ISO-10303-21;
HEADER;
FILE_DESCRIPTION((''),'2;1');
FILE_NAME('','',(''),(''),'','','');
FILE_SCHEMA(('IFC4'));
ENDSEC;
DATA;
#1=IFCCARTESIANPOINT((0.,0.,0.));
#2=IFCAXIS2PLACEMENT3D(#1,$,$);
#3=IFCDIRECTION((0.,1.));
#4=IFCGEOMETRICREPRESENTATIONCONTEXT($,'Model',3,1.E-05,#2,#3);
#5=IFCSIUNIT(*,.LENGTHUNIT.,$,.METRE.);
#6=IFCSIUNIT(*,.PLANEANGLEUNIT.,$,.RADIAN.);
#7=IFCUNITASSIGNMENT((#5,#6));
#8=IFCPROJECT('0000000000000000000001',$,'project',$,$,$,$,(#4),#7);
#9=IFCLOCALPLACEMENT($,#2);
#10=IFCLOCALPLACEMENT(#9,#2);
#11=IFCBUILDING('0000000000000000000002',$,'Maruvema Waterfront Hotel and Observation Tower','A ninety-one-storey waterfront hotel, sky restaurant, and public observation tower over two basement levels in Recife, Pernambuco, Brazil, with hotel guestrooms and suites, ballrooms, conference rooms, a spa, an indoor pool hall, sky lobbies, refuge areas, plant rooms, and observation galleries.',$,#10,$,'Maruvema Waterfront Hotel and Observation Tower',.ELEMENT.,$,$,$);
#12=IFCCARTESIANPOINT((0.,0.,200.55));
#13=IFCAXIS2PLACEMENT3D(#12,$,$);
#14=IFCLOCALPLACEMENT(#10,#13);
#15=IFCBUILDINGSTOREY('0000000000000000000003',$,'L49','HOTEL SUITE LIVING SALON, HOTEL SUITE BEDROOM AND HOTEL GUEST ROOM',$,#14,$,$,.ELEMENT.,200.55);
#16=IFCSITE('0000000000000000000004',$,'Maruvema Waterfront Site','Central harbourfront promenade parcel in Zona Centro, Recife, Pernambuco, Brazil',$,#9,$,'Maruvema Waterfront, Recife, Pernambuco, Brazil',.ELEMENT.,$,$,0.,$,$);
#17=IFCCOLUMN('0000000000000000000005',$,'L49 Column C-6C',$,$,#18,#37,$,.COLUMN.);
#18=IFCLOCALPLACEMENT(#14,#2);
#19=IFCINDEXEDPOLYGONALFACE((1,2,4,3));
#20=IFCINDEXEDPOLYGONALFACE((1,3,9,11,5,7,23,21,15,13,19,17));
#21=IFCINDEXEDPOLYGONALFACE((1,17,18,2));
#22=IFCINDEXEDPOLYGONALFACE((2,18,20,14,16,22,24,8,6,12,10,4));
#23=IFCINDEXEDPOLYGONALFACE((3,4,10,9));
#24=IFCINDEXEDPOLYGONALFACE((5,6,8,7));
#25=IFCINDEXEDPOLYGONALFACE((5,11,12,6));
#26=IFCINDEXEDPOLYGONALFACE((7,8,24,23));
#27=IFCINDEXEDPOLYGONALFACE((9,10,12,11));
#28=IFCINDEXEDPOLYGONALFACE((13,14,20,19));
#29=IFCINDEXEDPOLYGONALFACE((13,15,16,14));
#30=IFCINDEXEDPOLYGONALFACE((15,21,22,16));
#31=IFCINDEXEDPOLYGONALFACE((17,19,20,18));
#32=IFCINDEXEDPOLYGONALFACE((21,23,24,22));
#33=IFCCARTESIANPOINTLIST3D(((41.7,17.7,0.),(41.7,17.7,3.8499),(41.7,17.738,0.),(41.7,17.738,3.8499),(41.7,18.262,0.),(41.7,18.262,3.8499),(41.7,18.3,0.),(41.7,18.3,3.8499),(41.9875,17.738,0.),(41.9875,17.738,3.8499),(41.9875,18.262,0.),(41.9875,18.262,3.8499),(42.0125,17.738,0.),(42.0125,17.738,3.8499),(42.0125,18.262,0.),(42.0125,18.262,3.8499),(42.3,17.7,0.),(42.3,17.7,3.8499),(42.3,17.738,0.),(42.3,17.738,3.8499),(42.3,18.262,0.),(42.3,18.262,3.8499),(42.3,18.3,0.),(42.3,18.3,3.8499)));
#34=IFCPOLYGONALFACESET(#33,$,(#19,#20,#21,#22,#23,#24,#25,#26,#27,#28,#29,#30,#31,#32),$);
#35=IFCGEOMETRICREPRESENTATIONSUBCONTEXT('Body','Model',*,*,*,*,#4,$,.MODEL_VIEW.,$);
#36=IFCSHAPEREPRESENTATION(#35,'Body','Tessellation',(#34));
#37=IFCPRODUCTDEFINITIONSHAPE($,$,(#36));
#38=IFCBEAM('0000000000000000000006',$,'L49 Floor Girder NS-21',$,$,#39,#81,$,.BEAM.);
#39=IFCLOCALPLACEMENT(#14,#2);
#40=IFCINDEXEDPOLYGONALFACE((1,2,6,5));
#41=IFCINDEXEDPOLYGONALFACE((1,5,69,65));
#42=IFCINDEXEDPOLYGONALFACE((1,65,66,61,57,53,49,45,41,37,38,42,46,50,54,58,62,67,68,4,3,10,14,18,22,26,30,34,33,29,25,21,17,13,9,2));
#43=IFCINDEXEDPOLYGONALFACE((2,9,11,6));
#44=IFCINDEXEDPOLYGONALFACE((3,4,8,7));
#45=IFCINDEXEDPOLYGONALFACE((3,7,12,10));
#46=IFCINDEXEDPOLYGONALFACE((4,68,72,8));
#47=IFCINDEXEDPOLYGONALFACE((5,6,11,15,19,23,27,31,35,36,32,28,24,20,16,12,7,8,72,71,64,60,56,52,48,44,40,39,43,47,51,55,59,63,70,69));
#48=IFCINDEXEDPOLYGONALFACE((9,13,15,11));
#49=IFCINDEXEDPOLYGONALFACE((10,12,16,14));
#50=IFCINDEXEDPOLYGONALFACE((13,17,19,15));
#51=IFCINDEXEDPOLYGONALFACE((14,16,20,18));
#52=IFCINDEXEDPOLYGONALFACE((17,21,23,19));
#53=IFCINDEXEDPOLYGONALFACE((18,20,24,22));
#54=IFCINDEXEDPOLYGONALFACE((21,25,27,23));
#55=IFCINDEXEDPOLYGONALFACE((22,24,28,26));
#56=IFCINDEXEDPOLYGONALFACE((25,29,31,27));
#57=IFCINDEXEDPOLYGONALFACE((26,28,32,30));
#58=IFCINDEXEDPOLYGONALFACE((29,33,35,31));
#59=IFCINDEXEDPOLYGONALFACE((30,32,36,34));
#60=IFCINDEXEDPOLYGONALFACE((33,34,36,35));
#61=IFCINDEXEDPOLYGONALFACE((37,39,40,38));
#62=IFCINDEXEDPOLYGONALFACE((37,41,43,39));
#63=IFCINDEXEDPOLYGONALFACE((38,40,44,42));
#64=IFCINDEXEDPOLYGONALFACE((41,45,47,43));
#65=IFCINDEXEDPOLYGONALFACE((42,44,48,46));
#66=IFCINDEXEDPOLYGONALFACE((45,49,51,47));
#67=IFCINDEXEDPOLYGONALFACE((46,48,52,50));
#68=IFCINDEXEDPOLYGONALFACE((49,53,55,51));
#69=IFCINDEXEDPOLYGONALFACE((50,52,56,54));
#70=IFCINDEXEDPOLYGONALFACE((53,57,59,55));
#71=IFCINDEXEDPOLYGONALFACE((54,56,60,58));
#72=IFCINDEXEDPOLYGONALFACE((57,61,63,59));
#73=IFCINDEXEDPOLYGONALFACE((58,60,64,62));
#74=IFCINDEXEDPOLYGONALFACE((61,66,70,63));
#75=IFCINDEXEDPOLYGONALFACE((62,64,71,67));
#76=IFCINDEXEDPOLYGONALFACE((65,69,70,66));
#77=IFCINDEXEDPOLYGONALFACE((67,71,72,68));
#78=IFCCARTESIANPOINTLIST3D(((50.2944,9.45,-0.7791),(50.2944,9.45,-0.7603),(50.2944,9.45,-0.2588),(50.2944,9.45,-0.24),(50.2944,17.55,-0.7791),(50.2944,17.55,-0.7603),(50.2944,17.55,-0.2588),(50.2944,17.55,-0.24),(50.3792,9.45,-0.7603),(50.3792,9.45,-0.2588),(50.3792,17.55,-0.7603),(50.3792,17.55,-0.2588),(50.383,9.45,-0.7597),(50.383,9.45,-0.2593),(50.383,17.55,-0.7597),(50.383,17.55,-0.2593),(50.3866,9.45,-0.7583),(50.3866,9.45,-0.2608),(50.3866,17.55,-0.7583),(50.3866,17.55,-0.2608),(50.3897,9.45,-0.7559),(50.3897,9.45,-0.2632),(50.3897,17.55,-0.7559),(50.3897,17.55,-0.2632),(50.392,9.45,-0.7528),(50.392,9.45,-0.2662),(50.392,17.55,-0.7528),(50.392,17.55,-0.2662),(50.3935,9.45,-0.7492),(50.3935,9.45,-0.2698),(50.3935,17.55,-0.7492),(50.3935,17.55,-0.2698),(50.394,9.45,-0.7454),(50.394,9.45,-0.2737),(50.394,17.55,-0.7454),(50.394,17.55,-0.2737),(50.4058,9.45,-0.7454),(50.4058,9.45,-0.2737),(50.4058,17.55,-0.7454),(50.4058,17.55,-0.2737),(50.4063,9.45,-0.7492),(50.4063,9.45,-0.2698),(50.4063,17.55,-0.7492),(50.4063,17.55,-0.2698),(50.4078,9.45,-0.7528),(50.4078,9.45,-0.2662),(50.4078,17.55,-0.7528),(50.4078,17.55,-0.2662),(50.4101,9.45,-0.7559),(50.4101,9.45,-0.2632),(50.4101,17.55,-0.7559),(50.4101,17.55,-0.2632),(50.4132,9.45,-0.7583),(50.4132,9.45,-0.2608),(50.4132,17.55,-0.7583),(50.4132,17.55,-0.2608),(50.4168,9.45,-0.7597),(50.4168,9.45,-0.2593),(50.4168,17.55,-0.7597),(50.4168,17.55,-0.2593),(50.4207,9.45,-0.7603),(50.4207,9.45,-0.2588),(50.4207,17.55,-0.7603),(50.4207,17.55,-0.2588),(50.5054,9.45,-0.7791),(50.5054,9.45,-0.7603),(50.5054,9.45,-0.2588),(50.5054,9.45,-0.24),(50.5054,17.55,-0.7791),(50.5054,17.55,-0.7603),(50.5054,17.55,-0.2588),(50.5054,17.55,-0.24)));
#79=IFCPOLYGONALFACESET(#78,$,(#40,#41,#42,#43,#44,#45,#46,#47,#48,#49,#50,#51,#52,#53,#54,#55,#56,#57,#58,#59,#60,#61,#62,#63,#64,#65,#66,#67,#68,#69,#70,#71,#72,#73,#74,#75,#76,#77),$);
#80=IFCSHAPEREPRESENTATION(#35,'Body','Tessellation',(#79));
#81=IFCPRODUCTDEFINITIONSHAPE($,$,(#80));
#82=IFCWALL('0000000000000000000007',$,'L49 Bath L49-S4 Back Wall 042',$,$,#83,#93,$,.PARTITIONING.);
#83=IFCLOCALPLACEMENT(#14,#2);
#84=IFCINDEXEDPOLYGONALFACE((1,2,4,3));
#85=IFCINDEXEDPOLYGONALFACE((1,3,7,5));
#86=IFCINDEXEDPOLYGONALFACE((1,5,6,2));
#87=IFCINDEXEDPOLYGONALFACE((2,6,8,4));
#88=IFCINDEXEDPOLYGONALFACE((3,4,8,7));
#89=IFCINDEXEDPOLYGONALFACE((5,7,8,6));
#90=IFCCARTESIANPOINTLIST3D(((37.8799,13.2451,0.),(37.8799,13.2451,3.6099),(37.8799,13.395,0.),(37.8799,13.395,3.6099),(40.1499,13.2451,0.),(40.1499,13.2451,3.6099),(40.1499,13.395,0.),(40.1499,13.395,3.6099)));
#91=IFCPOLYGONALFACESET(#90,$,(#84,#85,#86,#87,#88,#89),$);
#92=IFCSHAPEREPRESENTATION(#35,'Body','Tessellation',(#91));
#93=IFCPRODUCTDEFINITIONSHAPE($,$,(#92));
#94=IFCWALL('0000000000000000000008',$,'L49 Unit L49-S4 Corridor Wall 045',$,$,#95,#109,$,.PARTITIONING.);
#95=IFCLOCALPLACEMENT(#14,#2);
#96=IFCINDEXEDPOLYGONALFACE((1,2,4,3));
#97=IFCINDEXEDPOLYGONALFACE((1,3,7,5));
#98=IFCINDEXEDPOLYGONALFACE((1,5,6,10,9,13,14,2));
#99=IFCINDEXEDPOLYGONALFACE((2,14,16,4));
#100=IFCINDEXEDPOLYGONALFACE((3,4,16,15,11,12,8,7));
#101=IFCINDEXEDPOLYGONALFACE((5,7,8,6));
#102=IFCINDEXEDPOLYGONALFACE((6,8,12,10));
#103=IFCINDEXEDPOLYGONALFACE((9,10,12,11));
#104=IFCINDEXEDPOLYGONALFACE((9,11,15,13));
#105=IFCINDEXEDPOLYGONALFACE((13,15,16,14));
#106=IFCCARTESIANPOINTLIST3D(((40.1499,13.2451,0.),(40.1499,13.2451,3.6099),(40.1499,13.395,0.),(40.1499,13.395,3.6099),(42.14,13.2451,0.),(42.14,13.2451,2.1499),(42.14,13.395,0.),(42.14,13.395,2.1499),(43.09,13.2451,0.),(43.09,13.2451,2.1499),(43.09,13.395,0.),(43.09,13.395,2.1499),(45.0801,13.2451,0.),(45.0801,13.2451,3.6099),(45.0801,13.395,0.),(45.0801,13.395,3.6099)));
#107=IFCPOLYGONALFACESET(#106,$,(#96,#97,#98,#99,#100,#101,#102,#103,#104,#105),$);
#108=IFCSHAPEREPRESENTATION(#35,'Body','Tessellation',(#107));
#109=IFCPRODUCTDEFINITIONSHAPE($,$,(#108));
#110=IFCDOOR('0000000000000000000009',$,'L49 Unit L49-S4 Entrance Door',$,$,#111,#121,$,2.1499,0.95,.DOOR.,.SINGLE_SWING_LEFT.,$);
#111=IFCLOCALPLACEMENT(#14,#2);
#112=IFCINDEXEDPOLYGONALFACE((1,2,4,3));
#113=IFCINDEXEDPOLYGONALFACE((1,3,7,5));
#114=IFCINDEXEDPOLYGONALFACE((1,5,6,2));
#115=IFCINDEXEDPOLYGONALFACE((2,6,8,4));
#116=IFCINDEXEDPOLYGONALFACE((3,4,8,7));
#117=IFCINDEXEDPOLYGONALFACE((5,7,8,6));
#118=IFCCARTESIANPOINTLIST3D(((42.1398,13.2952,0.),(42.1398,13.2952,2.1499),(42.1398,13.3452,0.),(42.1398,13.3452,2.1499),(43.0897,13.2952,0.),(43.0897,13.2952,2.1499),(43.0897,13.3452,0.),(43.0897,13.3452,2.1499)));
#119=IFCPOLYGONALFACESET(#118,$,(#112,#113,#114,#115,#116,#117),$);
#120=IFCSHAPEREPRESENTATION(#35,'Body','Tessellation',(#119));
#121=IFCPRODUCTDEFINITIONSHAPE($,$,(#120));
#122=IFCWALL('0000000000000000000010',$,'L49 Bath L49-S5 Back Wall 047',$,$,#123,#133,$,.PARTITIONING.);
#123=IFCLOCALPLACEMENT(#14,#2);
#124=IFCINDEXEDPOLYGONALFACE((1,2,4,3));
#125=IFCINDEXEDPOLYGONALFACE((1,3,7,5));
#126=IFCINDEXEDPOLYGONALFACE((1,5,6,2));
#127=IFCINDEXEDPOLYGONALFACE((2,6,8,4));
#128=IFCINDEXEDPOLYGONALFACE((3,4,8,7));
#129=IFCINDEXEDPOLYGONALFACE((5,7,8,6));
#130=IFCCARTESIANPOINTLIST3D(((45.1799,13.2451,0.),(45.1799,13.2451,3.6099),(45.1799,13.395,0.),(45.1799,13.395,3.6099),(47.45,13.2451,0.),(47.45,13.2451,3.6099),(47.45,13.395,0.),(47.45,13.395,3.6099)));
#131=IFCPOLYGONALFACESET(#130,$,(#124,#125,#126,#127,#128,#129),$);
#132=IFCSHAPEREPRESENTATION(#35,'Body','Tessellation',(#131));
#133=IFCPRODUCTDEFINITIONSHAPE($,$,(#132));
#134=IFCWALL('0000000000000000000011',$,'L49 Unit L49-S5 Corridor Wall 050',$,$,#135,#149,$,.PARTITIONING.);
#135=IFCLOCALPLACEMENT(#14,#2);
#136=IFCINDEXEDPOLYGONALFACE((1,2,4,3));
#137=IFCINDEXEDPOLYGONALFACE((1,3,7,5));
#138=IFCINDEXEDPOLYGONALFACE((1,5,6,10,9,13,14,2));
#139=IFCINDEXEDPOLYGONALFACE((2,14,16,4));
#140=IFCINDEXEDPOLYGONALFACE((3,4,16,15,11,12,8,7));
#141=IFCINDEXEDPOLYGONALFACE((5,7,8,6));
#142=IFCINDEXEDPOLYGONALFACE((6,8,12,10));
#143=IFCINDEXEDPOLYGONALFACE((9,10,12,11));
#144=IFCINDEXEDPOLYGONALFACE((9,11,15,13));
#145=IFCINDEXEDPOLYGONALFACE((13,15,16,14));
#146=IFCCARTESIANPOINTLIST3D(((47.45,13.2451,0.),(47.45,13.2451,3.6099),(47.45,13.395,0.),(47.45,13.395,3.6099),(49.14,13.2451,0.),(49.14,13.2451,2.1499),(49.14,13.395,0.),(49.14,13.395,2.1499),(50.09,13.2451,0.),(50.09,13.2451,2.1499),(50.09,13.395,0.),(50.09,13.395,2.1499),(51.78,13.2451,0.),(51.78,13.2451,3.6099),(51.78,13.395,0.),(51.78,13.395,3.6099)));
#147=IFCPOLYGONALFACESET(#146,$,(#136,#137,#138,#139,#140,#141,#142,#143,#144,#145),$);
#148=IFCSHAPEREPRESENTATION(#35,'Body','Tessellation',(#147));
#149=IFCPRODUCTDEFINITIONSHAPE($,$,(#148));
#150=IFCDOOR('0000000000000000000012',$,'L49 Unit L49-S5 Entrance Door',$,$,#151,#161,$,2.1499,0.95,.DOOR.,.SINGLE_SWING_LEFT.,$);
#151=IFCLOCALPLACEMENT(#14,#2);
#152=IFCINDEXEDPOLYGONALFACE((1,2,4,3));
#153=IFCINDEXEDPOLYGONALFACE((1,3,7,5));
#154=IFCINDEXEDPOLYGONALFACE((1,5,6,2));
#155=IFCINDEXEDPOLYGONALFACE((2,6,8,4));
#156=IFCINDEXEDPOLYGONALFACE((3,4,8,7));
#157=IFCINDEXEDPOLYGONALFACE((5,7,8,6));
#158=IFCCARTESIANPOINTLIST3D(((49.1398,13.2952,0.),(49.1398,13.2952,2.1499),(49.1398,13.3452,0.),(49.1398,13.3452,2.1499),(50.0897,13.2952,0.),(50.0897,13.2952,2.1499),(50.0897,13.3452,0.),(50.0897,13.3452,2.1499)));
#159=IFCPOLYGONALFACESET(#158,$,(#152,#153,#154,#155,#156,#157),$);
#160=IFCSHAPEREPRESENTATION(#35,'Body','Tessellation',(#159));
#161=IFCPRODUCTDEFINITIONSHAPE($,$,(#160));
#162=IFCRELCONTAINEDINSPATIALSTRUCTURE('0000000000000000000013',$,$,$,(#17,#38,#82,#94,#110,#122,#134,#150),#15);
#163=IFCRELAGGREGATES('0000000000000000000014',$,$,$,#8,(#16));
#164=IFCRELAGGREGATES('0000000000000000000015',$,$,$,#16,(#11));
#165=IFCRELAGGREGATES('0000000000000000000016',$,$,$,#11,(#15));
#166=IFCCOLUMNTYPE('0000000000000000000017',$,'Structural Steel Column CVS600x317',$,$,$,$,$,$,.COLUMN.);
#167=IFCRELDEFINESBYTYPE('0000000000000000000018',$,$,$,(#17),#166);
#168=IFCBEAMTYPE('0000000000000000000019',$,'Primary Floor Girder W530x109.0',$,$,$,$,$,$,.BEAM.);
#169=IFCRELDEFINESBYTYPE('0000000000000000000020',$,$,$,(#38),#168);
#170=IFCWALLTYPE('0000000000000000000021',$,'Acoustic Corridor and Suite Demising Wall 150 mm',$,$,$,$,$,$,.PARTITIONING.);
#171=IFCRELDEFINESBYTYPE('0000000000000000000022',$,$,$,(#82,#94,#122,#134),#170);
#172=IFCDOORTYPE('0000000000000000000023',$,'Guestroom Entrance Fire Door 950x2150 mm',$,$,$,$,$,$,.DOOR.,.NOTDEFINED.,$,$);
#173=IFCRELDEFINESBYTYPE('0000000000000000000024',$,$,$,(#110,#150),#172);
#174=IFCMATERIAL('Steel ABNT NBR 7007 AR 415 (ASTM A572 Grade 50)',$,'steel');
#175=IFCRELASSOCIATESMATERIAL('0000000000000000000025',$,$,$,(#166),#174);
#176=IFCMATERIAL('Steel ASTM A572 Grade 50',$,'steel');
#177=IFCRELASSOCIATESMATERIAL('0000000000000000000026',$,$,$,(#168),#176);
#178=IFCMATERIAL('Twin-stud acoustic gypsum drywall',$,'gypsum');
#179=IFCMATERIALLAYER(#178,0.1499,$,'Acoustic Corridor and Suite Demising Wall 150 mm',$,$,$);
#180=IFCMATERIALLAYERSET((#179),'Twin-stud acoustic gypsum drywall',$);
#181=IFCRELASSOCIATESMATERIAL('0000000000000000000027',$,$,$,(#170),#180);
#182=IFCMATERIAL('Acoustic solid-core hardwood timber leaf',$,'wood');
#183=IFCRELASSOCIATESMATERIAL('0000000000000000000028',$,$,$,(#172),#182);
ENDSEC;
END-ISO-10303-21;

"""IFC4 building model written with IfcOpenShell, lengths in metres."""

from ifc_helpers import new_model, si_unit, direction, frame, frame_2d, origin, origin_2d, place, context, subcontext, project, spatial, rectangle, i_section, extrude, material, layer, layer_set, material_profile, profile_set, type_object, element, fill, save


model = new_model("IFC4")

# Units and contexts
model_context = context("Model", 3, precision=1e-05, world=origin(), true_north=direction((0.0, 1.0)))
body_context = subcontext(model_context, "Body", "Model", "MODEL_VIEW")
ifc_project = project(units=[si_unit("LENGTHUNIT", "METRE"), si_unit("PLANEANGLEUNIT", "RADIAN")], contexts=[model_context])

# Site, building, storey
site_placement = place(None, origin())
site = spatial("IfcSite", under=ifc_project, at=site_placement, Name="Maruvema Waterfront Site", Description="Central harbourfront promenade parcel in Zona Centro, Recife, Pernambuco, Brazil", LongName="Maruvema Waterfront, Recife, Pernambuco, Brazil", CompositionType="ELEMENT", RefElevation=0.0)
building_placement = place(site_placement, origin())
building = spatial("IfcBuilding", under=site, at=building_placement, Name="Maruvema Waterfront Hotel and Observation Tower", Description="A ninety-one-storey waterfront hotel, sky restaurant, and public observation tower over two basement levels in Recife, Pernambuco, Brazil, with hotel guestrooms and suites, ballrooms, conference rooms, a spa, an indoor pool hall, sky lobbies, refuge areas, plant rooms, and observation galleries.", LongName="Maruvema Waterfront Hotel and Observation Tower", CompositionType="ELEMENT")
storey_placement = place(building_placement, frame((0.0, 0.0, 200.55)))
storey = spatial("IfcBuildingStorey", under=building, at=storey_placement, Name="L49", Description="HOTEL SUITE LIVING SALON, HOTEL SUITE BEDROOM AND HOTEL GUEST ROOM", CompositionType="ELEMENT", Elevation=200.55)

# Column
ifc_material_1 = material(Name="Steel ABNT NBR 7007 AR 415 (ASTM A572 Grade 50)", Category="steel")
ifc_material_profile_1 = material_profile(ifc_material_1, i_section(OverallWidth=0.6001, OverallDepth=0.6001, WebThickness=0.0249, FlangeThickness=0.0381, at=origin_2d()), Name="CVS600x317")
ifc_profile_set_1 = profile_set([ifc_material_profile_1], Name="Steel ABNT NBR 7007 AR 415 (ASTM A572 Grade 50)")
column_type = type_object("IfcColumnType", Name="Structural Steel Column CVS600x317", PredefinedType="COLUMN", material=ifc_profile_set_1)
column_placement = place(storey_placement, frame((42.0, 18.0, 0.0), z_axis=(0.0, 0.0, 1.0), x_axis=(1.0, 0.0, 0.0)))
element("IfcColumn", 1, at=column_placement, inside=storey, type_object=column_type, Name="L49 Column C-6C", PredefinedType="COLUMN", context=body_context, shape_type="SweptSolid", body=[
    extrude(i_section(OverallWidth=0.6001, OverallDepth=0.6001, WebThickness=0.0249, FlangeThickness=0.0381, at=origin_2d()), origin(), (0.0, 0.0, 1.0), 3.8499),
])

# Beam
ifc_material_2 = material(Name="Steel ASTM A572 Grade 50", Category="steel")
ifc_material_profile_2 = material_profile(ifc_material_2, i_section(OverallWidth=0.2109, OverallDepth=0.5391, WebThickness=0.0117, FlangeThickness=0.0188, FilletRadius=0.0149, at=origin_2d()), Name="W530x109.0")
ifc_profile_set_2 = profile_set([ifc_material_profile_2], Name="Steel ASTM A572 Grade 50")
beam_type = type_object("IfcBeamType", Name="Primary Floor Girder W530x109.0", PredefinedType="BEAM", material=ifc_profile_set_2)
beam_placement = place(storey_placement, frame((50.3999, 9.45, -0.5095), z_axis=(0.0, 1.0, 0.0), x_axis=(-1.0, 0.0, 0.0)))
element("IfcBeam", 2, at=beam_placement, inside=storey, type_object=beam_type, Name="L49 Floor Girder NS-21", PredefinedType="BEAM", context=body_context, shape_type="SweptSolid", body=[
    extrude(i_section(OverallWidth=0.2109, OverallDepth=0.5391, WebThickness=0.0117, FlangeThickness=0.0188, FilletRadius=0.0149, at=origin_2d()), origin(), (0.0, 0.0, 1.0), 8.1001),
])

# Wall
ifc_material_3 = material(Name="Twin-stud acoustic gypsum drywall", Category="gypsum")
ifc_layer_1 = layer(ifc_material_3, 0.1499, Name="Acoustic Corridor and Suite Demising Wall 150 mm")
ifc_layer_set_1 = layer_set([ifc_layer_1], Name="Twin-stud acoustic gypsum drywall")
wall_type_1 = type_object("IfcWallType", Name="Acoustic Corridor and Suite Demising Wall 150 mm", PredefinedType="PARTITIONING", material=ifc_layer_set_1)
wall_1_placement = place(storey_placement, frame((37.8799, 13.3201, 0.0), z_axis=(0.0, 0.0, 1.0), x_axis=(1.0, 0.0, 0.0)))
element("IfcWall", 3, at=wall_1_placement, inside=storey, type_object=wall_type_1, Name="L49 Bath L49-S4 Back Wall 042", PredefinedType="PARTITIONING", context=body_context, shape_type="SweptSolid", body=[
    extrude(rectangle(XDim=2.27, YDim=0.1499, at=frame_2d((1.135, 0.0))), origin(), (0.0, 0.0, 1.0), 3.6099),
])

# Wall, opening, door
wall_2_placement = place(storey_placement, frame((40.1499, 13.3201, 0.0), z_axis=(0.0, 0.0, 1.0), x_axis=(1.0, 0.0, 0.0)))
wall_2 = element("IfcWall", 4, at=wall_2_placement, inside=storey, type_object=wall_type_1, Name="L49 Unit L49-S4 Corridor Wall 045", PredefinedType="PARTITIONING", context=body_context, shape_type="SweptSolid", body=[
    extrude(rectangle(XDim=4.9302, YDim=0.1499, at=frame_2d((2.4651, 0.0))), origin(), (0.0, 0.0, 1.0), 3.6099),
])
opening_1_placement = place(wall_2_placement, frame((1.99, 0.0, 0.0)))
opening_1 = element("IfcOpeningElement", 5, at=opening_1_placement, cuts=wall_2, PredefinedType="OPENING", context=body_context, shape_type="SweptSolid", body=[
    extrude(rectangle(XDim=0.95, YDim=2.1499, at=frame_2d((0.4751, 1.075))), frame((0.0, 0.085, 0.0), z_axis=(0.0, -1.0, 0.0), x_axis=(1.0, 0.0, 0.0)), (0.0, 0.0, 1.0), 0.1699),
])
ifc_material_4 = material(Name="Acoustic solid-core hardwood timber leaf", Category="wood")
door_type_1 = type_object("IfcDoorType", Name="Guestroom Entrance Fire Door 950x2150 mm", OperationType="NOTDEFINED", PredefinedType="DOOR", material=ifc_material_4)
door_1_placement = place(opening_1_placement, frame((0.95, 0.0, 0.0), z_axis=(0.0, 0.0, 1.0), x_axis=(-1.0, 0.0, 0.0)))
door_1 = element("IfcDoor", 6, at=door_1_placement, inside=storey, type_object=door_type_1, Name="L49 Unit L49-S4 Entrance Door", OperationType="SINGLE_SWING_LEFT", OverallHeight=2.1499, OverallWidth=0.95, PredefinedType="DOOR", context=body_context, shape_type="SweptSolid", body=[
    extrude(rectangle(XDim=0.95, YDim=2.1499, at=frame_2d((0.4751, 1.075))), frame((0.0, 0.0249, 0.0), z_axis=(0.0, -1.0, 0.0), x_axis=(1.0, 0.0, 0.0)), (0.0, 0.0, 1.0), 0.05),
])
fill(opening_1, door_1)

# Wall
wall_3_placement = place(storey_placement, frame((45.1799, 13.3201, 0.0), z_axis=(0.0, 0.0, 1.0), x_axis=(1.0, 0.0, 0.0)))
element("IfcWall", 7, at=wall_3_placement, inside=storey, type_object=wall_type_1, Name="L49 Bath L49-S5 Back Wall 047", PredefinedType="PARTITIONING", context=body_context, shape_type="SweptSolid", body=[
    extrude(rectangle(XDim=2.27, YDim=0.1499, at=frame_2d((1.135, 0.0))), origin(), (0.0, 0.0, 1.0), 3.6099),
])

# Wall, opening, door
wall_4_placement = place(storey_placement, frame((47.45, 13.3201, 0.0), z_axis=(0.0, 0.0, 1.0), x_axis=(1.0, 0.0, 0.0)))
wall_4 = element("IfcWall", 8, at=wall_4_placement, inside=storey, type_object=wall_type_1, Name="L49 Unit L49-S5 Corridor Wall 050", PredefinedType="PARTITIONING", context=body_context, shape_type="SweptSolid", body=[
    extrude(rectangle(XDim=4.3301, YDim=0.1499, at=frame_2d((2.165, 0.0))), origin(), (0.0, 0.0, 1.0), 3.6099),
])
opening_2_placement = place(wall_4_placement, frame((1.6899, 0.0, 0.0)))
opening_2 = element("IfcOpeningElement", 9, at=opening_2_placement, cuts=wall_4, PredefinedType="OPENING", context=body_context, shape_type="SweptSolid", body=[
    extrude(rectangle(XDim=0.95, YDim=2.1499, at=frame_2d((0.4751, 1.075))), frame((0.0, 0.085, 0.0), z_axis=(0.0, -1.0, 0.0), x_axis=(1.0, 0.0, 0.0)), (0.0, 0.0, 1.0), 0.1699),
])
door_2_placement = place(opening_2_placement, frame((0.95, 0.0, 0.0), z_axis=(0.0, 0.0, 1.0), x_axis=(-1.0, 0.0, 0.0)))
door_2 = element("IfcDoor", 10, at=door_2_placement, inside=storey, type_object=door_type_1, Name="L49 Unit L49-S5 Entrance Door", OperationType="SINGLE_SWING_LEFT", OverallHeight=2.1499, OverallWidth=0.95, PredefinedType="DOOR", context=body_context, shape_type="SweptSolid", body=[
    extrude(rectangle(XDim=0.95, YDim=2.1499, at=frame_2d((0.4751, 1.075))), frame((0.0, 0.0249, 0.0), z_axis=(0.0, -1.0, 0.0), x_axis=(1.0, 0.0, 0.0)), (0.0, 0.0, 1.0), 0.05),
])
fill(opening_2, door_2)

save(model, "model.ifc")
